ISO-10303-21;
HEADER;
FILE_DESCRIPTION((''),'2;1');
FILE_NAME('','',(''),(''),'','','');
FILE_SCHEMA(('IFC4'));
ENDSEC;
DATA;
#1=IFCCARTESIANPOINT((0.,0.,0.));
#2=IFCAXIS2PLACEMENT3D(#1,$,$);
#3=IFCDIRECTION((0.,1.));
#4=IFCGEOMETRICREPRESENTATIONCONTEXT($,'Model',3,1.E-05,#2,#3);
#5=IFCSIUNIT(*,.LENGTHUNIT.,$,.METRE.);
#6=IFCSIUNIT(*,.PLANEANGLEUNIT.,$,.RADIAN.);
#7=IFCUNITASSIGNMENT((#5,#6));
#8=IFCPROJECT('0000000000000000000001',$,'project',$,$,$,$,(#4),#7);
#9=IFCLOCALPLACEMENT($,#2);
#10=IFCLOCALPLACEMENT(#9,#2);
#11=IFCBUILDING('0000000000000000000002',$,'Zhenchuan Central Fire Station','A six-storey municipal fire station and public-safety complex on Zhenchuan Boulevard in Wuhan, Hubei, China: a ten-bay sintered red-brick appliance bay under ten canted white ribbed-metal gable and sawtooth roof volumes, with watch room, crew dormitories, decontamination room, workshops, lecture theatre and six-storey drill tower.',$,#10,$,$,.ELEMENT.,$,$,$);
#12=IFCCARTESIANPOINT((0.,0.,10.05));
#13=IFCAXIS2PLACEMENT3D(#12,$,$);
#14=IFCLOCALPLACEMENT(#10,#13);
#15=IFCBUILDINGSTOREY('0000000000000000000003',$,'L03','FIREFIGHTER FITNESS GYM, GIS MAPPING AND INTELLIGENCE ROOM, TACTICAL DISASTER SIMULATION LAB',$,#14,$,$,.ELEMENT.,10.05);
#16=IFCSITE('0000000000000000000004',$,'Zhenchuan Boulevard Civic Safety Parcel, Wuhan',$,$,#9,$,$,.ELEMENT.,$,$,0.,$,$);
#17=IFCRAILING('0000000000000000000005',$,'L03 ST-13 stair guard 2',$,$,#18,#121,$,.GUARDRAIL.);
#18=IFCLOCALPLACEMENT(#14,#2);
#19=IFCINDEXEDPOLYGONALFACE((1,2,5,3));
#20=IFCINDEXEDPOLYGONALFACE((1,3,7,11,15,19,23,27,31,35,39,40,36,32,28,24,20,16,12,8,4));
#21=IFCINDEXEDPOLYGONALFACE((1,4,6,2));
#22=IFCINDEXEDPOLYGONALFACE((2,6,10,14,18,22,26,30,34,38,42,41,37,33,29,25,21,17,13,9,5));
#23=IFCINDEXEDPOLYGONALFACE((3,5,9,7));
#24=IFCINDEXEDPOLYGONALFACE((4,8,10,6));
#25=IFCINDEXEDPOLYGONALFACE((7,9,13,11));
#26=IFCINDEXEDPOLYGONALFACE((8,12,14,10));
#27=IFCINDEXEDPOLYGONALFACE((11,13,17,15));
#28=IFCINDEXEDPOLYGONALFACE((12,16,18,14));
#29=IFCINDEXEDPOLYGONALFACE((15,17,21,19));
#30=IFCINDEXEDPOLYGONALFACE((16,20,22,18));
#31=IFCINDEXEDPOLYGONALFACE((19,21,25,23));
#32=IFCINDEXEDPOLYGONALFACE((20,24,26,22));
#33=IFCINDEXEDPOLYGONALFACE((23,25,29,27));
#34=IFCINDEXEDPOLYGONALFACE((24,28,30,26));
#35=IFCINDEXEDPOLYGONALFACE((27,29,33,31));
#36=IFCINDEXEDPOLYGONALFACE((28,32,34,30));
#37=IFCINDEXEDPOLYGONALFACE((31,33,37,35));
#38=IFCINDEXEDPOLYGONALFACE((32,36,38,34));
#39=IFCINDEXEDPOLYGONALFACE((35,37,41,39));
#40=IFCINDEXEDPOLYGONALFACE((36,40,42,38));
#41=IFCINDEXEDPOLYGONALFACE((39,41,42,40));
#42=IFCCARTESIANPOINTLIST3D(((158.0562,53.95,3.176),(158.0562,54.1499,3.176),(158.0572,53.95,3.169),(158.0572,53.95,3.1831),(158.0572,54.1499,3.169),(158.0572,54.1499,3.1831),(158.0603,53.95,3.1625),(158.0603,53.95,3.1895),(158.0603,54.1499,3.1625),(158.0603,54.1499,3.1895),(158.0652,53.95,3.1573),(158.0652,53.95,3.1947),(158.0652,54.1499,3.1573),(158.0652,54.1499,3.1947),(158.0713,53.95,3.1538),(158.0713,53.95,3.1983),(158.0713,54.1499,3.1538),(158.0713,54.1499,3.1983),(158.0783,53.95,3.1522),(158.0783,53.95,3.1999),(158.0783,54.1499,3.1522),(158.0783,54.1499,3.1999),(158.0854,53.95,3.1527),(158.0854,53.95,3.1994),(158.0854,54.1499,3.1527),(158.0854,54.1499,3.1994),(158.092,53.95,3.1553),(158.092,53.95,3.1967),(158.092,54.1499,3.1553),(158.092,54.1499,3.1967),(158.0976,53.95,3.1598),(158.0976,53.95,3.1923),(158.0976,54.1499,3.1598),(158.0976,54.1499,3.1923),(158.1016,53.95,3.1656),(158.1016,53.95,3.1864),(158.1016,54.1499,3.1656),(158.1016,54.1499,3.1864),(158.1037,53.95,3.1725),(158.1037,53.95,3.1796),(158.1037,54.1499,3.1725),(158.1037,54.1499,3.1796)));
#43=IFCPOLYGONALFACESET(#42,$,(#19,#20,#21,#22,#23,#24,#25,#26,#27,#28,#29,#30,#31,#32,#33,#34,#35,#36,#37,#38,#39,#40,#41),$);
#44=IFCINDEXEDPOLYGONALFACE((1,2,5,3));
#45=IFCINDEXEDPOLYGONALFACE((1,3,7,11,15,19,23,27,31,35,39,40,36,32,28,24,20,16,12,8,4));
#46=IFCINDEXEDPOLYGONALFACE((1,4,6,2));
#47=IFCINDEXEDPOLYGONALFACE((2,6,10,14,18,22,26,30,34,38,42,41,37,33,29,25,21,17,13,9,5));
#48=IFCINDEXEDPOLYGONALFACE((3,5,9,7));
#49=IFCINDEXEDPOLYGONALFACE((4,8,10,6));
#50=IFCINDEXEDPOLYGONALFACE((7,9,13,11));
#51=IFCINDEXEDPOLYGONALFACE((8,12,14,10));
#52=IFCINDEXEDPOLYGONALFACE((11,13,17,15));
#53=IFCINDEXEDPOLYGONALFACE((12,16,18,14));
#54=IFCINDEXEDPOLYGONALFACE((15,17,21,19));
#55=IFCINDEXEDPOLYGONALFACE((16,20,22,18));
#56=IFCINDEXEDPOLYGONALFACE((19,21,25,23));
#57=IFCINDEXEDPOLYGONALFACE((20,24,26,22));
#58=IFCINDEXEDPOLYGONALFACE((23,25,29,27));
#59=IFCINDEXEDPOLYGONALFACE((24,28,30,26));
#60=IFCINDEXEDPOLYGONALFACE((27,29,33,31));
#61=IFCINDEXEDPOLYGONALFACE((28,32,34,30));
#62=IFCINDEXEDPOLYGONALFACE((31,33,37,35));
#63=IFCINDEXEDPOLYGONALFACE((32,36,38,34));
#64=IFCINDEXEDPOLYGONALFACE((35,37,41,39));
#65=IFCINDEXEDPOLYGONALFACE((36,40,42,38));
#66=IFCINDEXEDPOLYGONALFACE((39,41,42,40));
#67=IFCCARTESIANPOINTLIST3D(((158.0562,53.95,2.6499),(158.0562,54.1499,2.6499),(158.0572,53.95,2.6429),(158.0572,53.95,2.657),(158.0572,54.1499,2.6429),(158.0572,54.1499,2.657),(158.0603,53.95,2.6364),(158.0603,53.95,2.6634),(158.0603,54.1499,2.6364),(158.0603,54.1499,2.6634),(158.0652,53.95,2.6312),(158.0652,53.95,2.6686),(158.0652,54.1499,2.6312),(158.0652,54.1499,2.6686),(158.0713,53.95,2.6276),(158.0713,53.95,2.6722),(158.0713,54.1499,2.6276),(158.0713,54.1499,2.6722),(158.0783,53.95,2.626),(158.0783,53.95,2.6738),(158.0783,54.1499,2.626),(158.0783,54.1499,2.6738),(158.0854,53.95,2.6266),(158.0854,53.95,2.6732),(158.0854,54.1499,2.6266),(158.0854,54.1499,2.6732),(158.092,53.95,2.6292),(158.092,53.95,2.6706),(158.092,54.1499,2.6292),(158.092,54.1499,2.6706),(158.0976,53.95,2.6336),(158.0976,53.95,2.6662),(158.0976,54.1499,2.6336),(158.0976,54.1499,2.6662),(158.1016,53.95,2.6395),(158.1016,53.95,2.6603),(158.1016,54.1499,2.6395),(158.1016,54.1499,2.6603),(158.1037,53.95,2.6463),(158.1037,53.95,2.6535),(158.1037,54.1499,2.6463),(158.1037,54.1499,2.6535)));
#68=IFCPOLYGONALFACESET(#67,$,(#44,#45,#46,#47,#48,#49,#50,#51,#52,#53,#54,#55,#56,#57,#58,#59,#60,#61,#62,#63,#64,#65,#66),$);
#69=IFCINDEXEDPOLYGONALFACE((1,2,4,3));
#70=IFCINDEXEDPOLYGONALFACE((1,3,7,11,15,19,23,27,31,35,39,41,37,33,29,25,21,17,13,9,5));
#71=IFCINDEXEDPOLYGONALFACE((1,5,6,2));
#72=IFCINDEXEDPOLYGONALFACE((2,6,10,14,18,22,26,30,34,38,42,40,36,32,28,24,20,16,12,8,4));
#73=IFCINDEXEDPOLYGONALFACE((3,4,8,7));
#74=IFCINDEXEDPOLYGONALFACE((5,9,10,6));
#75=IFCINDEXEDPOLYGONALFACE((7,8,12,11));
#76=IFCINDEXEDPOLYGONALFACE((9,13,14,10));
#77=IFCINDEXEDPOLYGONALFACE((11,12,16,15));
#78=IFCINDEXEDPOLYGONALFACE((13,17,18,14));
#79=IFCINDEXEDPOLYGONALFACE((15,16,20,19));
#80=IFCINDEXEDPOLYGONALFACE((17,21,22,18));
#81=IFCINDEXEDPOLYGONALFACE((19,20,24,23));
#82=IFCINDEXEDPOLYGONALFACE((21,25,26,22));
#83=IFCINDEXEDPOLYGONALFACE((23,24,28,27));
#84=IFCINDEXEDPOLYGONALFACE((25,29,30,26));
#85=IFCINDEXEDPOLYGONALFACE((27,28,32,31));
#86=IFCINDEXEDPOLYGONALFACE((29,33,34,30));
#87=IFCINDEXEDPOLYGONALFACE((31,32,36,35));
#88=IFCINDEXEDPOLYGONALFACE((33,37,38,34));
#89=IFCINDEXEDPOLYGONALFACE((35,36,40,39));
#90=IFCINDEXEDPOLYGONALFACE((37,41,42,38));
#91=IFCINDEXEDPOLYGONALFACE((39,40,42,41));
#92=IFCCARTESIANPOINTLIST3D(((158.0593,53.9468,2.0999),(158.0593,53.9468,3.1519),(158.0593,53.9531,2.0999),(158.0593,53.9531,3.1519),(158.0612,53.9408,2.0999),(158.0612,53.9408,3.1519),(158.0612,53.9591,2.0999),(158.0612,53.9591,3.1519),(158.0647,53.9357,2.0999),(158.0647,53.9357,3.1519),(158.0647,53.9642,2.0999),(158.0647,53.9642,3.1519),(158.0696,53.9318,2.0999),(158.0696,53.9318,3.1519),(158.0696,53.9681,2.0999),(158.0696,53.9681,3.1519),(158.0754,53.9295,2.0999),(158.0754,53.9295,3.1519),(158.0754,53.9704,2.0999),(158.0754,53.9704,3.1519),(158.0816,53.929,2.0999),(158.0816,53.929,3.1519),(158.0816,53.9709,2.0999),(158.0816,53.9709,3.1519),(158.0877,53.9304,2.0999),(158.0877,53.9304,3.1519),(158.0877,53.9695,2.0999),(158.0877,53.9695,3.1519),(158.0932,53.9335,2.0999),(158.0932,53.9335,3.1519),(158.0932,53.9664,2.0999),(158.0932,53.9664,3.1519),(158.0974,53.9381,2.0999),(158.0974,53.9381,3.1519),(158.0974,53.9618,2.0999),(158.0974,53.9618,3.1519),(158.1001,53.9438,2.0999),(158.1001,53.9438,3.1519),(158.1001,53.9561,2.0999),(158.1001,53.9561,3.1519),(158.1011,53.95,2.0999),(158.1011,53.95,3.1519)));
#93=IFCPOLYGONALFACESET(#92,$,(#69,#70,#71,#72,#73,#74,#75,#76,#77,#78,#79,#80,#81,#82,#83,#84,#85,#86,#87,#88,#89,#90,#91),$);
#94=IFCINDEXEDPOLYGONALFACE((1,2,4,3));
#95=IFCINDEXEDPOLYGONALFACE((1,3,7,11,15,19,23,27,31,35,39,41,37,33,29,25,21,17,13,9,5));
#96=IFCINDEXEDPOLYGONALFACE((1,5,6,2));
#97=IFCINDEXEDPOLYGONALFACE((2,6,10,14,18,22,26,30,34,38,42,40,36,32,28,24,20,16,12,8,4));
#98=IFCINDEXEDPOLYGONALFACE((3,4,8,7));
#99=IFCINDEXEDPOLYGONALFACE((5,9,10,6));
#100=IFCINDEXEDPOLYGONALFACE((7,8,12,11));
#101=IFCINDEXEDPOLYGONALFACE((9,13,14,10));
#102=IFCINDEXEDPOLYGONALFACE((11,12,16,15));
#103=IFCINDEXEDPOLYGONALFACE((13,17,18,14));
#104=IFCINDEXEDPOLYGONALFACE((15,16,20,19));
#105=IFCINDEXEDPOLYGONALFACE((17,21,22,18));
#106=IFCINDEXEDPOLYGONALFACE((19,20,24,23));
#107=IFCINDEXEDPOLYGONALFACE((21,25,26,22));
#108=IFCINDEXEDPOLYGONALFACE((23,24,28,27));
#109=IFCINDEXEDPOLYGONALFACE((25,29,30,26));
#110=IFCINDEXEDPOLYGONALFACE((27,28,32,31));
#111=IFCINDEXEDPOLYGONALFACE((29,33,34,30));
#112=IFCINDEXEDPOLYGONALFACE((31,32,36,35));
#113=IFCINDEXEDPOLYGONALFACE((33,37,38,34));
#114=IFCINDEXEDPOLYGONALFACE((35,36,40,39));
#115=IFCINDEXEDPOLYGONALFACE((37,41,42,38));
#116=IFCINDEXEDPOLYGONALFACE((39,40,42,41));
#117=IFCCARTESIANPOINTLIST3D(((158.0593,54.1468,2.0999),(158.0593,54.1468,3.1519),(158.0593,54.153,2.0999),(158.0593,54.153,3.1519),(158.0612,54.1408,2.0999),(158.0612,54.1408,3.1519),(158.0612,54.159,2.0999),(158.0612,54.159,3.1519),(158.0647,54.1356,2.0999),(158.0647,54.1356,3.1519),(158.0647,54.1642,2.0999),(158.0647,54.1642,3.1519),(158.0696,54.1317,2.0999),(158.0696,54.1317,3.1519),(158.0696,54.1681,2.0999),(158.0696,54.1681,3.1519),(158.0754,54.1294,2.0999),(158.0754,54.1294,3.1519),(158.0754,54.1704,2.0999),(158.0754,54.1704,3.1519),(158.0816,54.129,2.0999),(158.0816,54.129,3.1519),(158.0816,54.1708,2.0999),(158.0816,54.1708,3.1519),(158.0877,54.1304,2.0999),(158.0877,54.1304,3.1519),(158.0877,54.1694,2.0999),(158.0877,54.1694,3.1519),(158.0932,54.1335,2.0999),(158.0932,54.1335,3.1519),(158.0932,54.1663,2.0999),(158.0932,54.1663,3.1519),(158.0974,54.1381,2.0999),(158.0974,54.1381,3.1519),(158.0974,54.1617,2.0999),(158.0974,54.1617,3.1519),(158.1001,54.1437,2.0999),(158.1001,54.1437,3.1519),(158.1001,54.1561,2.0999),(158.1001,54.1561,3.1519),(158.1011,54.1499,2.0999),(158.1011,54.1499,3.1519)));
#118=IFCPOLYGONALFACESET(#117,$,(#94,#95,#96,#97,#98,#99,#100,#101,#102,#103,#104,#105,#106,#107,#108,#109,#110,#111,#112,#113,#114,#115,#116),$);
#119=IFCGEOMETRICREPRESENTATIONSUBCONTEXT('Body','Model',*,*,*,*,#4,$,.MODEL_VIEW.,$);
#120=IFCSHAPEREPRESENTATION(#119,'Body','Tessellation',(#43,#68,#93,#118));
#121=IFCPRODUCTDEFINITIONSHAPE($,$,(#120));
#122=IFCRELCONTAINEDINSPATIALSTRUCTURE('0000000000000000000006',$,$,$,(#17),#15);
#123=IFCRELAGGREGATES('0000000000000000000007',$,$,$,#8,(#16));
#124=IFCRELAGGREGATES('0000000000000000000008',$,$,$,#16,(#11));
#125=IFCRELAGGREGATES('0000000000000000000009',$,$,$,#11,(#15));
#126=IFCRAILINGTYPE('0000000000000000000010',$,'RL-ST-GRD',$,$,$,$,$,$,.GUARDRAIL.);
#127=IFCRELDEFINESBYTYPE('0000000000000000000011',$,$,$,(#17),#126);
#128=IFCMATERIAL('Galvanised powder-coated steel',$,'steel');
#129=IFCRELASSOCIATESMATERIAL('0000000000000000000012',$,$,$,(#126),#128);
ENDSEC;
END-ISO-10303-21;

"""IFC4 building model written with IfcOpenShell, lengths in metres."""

from ifc_helpers import new_model, si_unit, direction, frame, origin, origin_2d, place, context, subcontext, project, spatial, circle, extrude, material, type_object, element, save


model = new_model("IFC4")

# Units and contexts
model_context = context("Model", 3, precision=1e-05, world=origin(), true_north=direction((0.0, 1.0)))
body_context = subcontext(model_context, "Body", "Model", "MODEL_VIEW")
ifc_project = project(units=[si_unit("LENGTHUNIT", "METRE"), si_unit("PLANEANGLEUNIT", "RADIAN")], contexts=[model_context])

# Site, building, storey
site_placement = place(None, origin())
site = spatial("IfcSite", under=ifc_project, at=site_placement, Name="Zhenchuan Boulevard Civic Safety Parcel, Wuhan", CompositionType="ELEMENT", RefElevation=0.0)
building_placement = place(site_placement, origin())
building = spatial("IfcBuilding", under=site, at=building_placement, Name="Zhenchuan Central Fire Station", Description="A six-storey municipal fire station and public-safety complex on Zhenchuan Boulevard in Wuhan, Hubei, China: a ten-bay sintered red-brick appliance bay under ten canted white ribbed-metal gable and sawtooth roof volumes, with watch room, crew dormitories, decontamination room, workshops, lecture theatre and six-storey drill tower.", CompositionType="ELEMENT")
storey_placement = place(building_placement, frame((0.0, 0.0, 10.05)))
storey = spatial("IfcBuildingStorey", under=building, at=storey_placement, Name="L03", Description="FIREFIGHTER FITNESS GYM, GIS MAPPING AND INTELLIGENCE ROOM, TACTICAL DISASTER SIMULATION LAB", CompositionType="ELEMENT", Elevation=10.05)

# Railing
ifc_material_1 = material(Name="Galvanised powder-coated steel", Category="steel")
railing_type_1 = type_object("IfcRailingType", Name="RL-ST-GRD", PredefinedType="GUARDRAIL", material=ifc_material_1)
railing_1_placement = place(storey_placement, frame((158.0801, 53.95, 2.0999)))
element("IfcRailing", 1, at=railing_1_placement, inside=storey, type_object=railing_type_1, Name="L03 ST-13 stair guard 2", PredefinedType="GUARDRAIL", context=body_context, shape_type="SweptSolid", body=[
    extrude(circle(Radius=0.0239, at=origin_2d()), frame((0.0, 0.0, 1.0762), z_axis=(0.0, 1.0, 0.0), x_axis=(-1.0, 0.0, 0.0)), (0.0, 0.0, 1.0), 0.2),
    extrude(circle(Radius=0.0239, at=origin_2d()), frame((0.0, 0.0, 0.55), z_axis=(0.0, 1.0, 0.0), x_axis=(-1.0, 0.0, 0.0)), (0.0, 0.0, 1.0), 0.2),
    extrude(circle(Radius=0.021, at=origin_2d()), origin(), (0.0, 0.0, 1.0), 1.052),
    extrude(circle(Radius=0.021, at=origin_2d()), frame((0.0, 0.2, 0.0)), (0.0, 0.0, 1.0), 1.052),
])

save(model, "model.ifc")
